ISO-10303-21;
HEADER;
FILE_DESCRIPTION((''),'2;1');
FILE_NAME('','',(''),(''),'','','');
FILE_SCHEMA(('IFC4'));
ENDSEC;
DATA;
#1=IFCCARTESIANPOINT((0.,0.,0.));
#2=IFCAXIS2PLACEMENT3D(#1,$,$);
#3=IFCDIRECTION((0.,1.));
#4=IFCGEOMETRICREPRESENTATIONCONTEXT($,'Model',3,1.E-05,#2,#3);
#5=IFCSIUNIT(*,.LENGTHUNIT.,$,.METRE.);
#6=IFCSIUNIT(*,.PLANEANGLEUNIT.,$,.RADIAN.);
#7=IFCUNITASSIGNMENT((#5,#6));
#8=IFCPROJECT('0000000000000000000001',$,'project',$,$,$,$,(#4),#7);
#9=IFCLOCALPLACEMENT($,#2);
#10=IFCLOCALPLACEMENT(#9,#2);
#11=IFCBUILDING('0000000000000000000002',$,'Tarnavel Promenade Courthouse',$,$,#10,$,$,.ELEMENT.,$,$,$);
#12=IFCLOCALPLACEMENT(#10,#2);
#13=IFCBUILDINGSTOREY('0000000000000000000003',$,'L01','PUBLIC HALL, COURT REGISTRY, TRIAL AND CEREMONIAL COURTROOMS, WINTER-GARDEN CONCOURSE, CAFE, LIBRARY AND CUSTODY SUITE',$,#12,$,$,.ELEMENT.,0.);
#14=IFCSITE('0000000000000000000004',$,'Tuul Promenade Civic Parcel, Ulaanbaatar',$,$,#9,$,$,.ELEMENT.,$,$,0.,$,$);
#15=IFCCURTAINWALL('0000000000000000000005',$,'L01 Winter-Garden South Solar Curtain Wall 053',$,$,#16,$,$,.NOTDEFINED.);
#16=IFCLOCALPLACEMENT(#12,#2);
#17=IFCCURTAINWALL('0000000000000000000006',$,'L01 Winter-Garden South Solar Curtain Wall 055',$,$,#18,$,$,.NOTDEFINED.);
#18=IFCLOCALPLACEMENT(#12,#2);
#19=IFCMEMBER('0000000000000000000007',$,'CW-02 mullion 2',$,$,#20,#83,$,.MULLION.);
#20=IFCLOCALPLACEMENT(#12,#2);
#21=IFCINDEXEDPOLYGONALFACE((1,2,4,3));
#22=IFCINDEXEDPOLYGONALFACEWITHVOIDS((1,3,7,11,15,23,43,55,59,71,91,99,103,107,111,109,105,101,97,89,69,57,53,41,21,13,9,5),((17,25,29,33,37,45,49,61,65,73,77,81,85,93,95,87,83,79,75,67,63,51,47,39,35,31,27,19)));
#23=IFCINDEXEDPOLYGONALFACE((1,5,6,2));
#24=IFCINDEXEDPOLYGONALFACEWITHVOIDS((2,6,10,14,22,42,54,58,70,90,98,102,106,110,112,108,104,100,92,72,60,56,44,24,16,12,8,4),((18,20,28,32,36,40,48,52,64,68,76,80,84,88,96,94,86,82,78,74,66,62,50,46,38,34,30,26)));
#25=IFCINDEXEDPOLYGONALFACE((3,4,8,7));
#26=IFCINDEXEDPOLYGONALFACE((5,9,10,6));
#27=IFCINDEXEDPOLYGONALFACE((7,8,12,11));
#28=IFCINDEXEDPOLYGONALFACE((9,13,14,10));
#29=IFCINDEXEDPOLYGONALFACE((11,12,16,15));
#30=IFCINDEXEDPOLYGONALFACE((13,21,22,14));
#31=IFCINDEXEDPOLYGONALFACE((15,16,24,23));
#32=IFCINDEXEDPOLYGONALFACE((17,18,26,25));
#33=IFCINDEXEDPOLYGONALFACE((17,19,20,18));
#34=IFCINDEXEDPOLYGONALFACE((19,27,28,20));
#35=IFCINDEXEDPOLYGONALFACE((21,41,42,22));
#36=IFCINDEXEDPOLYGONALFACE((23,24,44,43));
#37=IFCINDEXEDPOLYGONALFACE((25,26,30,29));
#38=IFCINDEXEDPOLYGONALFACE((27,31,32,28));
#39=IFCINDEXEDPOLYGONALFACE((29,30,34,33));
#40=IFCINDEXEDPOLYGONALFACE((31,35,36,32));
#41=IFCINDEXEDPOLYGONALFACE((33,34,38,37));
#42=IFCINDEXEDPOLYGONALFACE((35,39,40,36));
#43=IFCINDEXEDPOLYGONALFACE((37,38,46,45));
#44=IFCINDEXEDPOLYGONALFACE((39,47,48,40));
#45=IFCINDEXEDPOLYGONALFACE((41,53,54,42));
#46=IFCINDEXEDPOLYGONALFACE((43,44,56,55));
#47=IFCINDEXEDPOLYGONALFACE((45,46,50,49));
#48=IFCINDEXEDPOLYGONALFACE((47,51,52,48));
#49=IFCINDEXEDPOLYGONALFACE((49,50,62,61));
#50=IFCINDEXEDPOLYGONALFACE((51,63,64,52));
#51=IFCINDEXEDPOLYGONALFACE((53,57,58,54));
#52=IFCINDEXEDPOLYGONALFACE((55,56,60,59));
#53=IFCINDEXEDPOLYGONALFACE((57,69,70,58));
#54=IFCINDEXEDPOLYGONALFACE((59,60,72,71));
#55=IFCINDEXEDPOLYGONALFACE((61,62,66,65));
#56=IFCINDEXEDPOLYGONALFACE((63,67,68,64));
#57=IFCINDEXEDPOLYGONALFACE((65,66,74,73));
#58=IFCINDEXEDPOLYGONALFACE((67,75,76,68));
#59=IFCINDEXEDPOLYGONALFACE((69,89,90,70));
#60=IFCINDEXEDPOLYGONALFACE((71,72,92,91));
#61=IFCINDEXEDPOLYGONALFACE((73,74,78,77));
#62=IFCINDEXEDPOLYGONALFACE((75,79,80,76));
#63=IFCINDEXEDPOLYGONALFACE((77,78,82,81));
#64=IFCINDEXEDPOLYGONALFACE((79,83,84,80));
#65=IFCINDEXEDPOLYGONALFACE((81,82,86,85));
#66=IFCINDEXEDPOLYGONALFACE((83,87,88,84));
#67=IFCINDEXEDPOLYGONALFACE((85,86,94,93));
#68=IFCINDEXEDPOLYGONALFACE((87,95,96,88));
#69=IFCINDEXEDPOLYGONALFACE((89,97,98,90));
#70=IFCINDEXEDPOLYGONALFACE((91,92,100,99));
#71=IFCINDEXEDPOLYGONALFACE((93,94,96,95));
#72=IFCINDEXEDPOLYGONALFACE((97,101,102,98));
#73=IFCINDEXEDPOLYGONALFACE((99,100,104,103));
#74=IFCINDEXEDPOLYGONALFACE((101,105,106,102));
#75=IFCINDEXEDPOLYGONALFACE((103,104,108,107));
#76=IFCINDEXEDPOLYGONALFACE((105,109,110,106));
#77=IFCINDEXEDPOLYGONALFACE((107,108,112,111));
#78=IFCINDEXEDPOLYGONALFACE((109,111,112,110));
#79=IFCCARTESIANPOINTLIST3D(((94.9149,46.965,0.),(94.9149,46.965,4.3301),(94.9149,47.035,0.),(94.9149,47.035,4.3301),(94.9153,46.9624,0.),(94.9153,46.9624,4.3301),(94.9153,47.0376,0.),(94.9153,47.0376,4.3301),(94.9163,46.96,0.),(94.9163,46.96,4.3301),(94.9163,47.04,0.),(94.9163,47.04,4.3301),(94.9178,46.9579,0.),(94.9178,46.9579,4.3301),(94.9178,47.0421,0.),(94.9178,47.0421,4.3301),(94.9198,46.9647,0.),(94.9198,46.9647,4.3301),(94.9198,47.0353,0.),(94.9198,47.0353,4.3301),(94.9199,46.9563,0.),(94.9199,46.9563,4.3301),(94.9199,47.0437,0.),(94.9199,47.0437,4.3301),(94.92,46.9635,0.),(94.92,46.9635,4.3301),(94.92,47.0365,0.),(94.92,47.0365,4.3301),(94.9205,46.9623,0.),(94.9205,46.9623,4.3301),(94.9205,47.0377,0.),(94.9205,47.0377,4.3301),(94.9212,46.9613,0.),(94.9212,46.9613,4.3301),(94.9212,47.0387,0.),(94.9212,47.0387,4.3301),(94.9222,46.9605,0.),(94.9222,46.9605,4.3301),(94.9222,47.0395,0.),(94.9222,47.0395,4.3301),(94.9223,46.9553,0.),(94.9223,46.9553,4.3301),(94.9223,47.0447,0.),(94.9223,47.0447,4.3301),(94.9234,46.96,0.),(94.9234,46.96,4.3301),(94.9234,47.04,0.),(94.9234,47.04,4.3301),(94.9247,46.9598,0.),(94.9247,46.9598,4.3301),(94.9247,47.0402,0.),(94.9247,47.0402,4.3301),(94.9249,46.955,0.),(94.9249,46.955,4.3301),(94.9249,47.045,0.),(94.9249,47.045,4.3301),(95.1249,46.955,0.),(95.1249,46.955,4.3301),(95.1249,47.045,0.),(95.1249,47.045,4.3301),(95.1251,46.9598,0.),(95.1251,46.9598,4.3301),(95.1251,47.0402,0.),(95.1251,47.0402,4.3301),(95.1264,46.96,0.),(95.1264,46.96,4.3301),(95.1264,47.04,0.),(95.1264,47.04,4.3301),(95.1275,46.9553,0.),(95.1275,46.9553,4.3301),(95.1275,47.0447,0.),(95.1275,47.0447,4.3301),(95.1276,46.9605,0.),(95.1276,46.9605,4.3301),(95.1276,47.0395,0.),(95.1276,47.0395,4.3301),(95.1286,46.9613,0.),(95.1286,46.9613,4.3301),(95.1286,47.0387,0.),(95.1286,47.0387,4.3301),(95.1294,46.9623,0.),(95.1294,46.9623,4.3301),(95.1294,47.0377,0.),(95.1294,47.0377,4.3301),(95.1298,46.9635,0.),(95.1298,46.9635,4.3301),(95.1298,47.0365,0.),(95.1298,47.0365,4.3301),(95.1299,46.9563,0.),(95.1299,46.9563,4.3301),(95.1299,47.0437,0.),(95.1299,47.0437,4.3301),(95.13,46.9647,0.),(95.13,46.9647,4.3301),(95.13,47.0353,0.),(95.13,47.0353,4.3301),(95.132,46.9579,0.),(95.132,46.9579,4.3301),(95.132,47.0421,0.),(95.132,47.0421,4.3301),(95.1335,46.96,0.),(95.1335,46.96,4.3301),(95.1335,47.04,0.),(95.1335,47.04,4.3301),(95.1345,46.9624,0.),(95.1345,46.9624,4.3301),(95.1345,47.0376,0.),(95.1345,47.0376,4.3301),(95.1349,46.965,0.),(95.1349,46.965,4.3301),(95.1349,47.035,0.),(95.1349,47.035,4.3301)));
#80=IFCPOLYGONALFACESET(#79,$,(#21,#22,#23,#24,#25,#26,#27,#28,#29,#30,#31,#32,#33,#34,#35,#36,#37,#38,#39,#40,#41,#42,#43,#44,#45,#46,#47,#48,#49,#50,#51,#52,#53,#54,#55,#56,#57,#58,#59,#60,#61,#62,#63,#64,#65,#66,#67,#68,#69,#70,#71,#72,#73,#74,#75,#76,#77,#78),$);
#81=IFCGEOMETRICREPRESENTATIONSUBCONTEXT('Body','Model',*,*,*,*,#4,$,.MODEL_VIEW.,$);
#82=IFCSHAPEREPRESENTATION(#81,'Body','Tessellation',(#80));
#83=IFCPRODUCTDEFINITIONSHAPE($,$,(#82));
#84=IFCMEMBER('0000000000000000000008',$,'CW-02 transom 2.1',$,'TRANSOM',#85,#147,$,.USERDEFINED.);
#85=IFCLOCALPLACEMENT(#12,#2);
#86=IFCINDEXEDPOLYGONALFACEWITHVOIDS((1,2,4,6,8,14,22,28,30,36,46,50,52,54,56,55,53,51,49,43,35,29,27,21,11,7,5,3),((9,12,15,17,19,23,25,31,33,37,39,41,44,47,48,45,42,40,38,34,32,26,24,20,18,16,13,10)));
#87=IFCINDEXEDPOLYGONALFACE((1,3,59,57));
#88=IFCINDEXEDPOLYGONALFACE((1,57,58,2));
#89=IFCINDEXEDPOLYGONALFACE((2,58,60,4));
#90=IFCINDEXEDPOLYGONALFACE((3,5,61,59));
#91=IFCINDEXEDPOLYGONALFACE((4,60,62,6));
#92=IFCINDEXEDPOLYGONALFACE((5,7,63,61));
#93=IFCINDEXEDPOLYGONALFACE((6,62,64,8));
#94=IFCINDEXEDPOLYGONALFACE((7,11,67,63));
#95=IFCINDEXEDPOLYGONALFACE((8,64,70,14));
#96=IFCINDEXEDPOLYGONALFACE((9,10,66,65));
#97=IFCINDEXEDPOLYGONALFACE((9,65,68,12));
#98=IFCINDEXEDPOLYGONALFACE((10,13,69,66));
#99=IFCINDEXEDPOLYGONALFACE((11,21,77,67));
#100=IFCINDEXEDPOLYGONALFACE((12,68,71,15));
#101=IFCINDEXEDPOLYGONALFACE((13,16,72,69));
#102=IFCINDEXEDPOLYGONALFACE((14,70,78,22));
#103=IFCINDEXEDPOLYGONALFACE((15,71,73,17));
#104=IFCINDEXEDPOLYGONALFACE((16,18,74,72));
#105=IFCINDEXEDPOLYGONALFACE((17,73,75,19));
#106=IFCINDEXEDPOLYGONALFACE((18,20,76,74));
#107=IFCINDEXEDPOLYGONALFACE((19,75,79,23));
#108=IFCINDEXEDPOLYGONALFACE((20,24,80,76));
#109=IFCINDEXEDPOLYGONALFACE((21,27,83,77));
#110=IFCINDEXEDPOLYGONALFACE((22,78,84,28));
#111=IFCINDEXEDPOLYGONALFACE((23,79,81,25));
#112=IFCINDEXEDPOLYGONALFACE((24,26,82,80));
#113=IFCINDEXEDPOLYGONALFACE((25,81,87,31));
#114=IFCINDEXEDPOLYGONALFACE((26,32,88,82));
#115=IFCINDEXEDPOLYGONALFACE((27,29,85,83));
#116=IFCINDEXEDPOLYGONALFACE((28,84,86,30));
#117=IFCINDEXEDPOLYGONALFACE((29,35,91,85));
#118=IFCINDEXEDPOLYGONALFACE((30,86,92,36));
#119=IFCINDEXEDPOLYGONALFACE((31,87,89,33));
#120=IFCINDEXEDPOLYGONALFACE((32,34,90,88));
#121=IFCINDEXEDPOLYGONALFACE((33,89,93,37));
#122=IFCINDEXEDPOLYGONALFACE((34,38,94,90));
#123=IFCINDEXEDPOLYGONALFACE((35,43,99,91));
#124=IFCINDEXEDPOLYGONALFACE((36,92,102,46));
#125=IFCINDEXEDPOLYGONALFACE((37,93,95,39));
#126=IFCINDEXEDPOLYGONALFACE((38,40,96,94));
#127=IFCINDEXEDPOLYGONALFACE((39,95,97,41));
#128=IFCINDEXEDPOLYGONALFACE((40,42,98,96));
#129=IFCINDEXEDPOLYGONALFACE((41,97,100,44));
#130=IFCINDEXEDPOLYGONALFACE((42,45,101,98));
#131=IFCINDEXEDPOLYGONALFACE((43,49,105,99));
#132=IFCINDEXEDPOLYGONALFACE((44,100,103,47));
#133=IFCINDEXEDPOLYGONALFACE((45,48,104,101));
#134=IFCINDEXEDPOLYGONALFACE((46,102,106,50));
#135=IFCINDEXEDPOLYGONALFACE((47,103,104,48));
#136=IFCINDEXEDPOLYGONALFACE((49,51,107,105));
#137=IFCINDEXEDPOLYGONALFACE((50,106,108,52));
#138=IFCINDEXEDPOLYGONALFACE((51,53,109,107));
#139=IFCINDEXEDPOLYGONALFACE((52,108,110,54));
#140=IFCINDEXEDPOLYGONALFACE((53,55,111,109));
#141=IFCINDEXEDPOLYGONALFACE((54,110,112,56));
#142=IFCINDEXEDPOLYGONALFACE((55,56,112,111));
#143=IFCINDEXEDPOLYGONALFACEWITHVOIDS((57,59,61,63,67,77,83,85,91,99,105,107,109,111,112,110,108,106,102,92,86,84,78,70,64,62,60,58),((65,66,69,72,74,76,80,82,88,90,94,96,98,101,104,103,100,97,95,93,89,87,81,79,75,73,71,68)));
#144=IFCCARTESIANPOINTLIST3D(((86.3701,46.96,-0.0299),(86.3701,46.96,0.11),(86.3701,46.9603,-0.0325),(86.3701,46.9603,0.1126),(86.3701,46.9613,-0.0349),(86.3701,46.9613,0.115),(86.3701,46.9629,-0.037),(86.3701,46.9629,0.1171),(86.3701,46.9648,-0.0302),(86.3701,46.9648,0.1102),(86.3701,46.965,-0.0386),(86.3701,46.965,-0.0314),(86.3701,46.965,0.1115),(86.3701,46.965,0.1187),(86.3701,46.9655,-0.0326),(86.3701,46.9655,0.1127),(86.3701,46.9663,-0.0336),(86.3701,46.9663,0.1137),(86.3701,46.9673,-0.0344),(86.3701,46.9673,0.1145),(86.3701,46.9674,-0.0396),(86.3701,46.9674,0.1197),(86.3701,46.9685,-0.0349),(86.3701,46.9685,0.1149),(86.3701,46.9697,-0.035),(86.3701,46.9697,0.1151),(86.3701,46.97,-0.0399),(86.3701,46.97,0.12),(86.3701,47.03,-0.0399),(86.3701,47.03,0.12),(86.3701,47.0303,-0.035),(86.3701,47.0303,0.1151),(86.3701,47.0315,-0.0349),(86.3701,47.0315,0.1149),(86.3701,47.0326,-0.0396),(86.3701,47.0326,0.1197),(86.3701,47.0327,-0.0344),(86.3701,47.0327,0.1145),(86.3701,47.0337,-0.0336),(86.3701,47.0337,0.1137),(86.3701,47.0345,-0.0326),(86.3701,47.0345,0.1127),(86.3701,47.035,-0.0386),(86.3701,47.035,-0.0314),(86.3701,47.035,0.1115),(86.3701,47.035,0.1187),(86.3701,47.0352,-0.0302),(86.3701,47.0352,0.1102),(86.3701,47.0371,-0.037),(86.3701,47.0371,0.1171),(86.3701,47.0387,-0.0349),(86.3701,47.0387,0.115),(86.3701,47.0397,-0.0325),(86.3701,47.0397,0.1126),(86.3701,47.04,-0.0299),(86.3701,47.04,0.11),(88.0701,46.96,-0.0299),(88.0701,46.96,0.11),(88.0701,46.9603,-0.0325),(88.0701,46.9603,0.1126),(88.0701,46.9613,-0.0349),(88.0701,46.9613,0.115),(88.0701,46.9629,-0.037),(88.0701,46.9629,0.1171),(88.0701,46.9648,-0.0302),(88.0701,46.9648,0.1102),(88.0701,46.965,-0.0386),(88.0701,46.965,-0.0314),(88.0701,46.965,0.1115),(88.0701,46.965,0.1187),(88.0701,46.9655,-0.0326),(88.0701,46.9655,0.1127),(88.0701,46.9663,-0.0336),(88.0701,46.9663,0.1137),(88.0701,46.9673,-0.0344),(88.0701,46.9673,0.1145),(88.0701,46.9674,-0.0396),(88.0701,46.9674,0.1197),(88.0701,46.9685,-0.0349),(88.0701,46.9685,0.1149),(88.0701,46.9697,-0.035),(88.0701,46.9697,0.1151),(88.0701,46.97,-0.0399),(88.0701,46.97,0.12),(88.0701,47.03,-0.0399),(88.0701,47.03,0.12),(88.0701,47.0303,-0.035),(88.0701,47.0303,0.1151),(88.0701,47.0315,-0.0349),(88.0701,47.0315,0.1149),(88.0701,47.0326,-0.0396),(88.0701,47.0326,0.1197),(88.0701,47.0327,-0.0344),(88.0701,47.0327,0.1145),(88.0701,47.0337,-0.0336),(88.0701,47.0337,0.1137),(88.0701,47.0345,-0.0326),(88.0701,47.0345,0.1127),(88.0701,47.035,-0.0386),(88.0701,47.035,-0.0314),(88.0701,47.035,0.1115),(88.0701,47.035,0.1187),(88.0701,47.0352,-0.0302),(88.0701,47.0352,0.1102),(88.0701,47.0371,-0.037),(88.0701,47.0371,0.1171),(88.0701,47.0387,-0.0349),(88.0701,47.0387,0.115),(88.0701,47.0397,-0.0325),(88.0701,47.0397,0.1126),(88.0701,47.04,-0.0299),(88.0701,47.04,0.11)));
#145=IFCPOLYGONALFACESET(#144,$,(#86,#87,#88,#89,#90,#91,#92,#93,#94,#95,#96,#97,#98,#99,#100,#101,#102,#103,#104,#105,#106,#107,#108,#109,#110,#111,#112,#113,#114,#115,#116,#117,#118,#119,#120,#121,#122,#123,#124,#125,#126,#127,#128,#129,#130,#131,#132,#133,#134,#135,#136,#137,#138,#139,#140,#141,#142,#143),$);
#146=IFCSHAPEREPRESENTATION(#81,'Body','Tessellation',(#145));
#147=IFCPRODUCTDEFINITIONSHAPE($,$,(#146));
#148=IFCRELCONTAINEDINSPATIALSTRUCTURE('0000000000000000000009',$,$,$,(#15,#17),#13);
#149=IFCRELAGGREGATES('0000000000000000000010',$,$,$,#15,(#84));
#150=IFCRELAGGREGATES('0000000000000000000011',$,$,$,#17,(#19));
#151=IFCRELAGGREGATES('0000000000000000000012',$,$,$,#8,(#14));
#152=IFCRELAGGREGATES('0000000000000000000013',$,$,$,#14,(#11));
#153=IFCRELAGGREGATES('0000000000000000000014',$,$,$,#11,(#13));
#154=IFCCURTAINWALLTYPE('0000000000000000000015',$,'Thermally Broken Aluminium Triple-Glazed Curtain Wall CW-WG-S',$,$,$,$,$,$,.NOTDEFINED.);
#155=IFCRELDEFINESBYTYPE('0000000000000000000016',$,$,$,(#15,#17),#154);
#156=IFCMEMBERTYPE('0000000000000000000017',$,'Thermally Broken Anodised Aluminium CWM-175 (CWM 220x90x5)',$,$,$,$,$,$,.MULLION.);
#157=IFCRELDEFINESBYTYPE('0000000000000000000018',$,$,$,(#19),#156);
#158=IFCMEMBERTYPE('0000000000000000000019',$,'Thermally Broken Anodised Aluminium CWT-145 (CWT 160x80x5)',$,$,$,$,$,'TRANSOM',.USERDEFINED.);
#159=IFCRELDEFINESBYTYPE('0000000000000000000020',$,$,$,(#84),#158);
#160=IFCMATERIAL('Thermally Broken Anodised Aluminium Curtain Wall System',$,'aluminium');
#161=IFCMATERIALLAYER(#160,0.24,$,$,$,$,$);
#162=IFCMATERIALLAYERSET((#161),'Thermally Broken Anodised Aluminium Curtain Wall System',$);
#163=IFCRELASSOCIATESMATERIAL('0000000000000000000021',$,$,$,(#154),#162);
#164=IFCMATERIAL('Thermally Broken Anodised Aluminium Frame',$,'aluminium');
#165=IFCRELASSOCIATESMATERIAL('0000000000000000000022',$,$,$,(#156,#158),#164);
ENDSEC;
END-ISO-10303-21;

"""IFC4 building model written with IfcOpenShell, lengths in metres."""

from ifc_helpers import new_model, si_unit, direction, frame, origin, origin_2d, place, context, subcontext, project, spatial, hollow_rectangle, extrude, material, layer, layer_set, material_profile, profile_set, type_object, element, aggregate, save


model = new_model("IFC4")

# Units and contexts
model_context = context("Model", 3, precision=1e-05, world=origin(), true_north=direction((0.0, 1.0)))
body_context = subcontext(model_context, "Body", "Model", "MODEL_VIEW")
ifc_project = project(units=[si_unit("LENGTHUNIT", "METRE"), si_unit("PLANEANGLEUNIT", "RADIAN")], contexts=[model_context])

# Site, building, storey
site_placement = place(None, origin())
site = spatial("IfcSite", under=ifc_project, at=site_placement, Name="Tuul Promenade Civic Parcel, Ulaanbaatar", CompositionType="ELEMENT", RefElevation=0.0)
building_placement = place(site_placement, origin())
building = spatial("IfcBuilding", under=site, at=building_placement, Name="Tarnavel Promenade Courthouse", CompositionType="ELEMENT")
storey_placement = place(building_placement, origin())
storey = spatial("IfcBuildingStorey", under=building, at=storey_placement, Name="L01", Description="PUBLIC HALL, COURT REGISTRY, TRIAL AND CEREMONIAL COURTROOMS, WINTER-GARDEN CONCOURSE, CAFE, LIBRARY AND CUSTODY SUITE", CompositionType="ELEMENT", Elevation=0.0)

# Curtain walls, member
ifc_material_1 = material(Name="Thermally Broken Anodised Aluminium Curtain Wall System", Category="aluminium")
ifc_layer_1 = layer(ifc_material_1, 0.24)
ifc_layer_set_1 = layer_set([ifc_layer_1], Name="Thermally Broken Anodised Aluminium Curtain Wall System")
curtain_wall_type = type_object("IfcCurtainWallType", Name="Thermally Broken Aluminium Triple-Glazed Curtain Wall CW-WG-S", PredefinedType="NOTDEFINED", material=ifc_layer_set_1)
curtain_wall_1_placement = place(storey_placement, origin())
curtain_wall_1 = element("IfcCurtainWall", 1, at=curtain_wall_1_placement, inside=storey, type_object=curtain_wall_type, Name="L01 Winter-Garden South Solar Curtain Wall 053", PredefinedType="NOTDEFINED")
ifc_material_2 = material(Name="Thermally Broken Anodised Aluminium Frame", Category="aluminium")
ifc_material_profile_1 = material_profile(ifc_material_2, hollow_rectangle(XDim=0.0901, YDim=0.22, WallThickness=0.0049, InnerFilletRadius=0.0049, OuterFilletRadius=0.01, at=origin_2d()), Name="CWM 220x90x5")
ifc_profile_set_1 = profile_set([ifc_material_profile_1], Name="Thermally Broken Anodised Aluminium Frame")
member_type_1 = type_object("IfcMemberType", Name="Thermally Broken Anodised Aluminium CWM-175 (CWM 220x90x5)", PredefinedType="MULLION", material=ifc_profile_set_1)
curtain_wall_2_placement = place(storey_placement, origin())
curtain_wall_2 = element("IfcCurtainWall", 2, at=curtain_wall_2_placement, inside=storey, type_object=curtain_wall_type, Name="L01 Winter-Garden South Solar Curtain Wall 055", PredefinedType="NOTDEFINED")
member_1_placement = place(storey_placement, frame((95.0249, 47.0, 0.0), z_axis=(0.0, 0.0, 1.0), x_axis=(0.0, 1.0, 0.0)))
member_1 = element("IfcMember", 3, at=member_1_placement, type_object=member_type_1, Name="CW-02 mullion 2", PredefinedType="MULLION", context=body_context, shape_type="SweptSolid", body=[
    extrude(hollow_rectangle(XDim=0.0901, YDim=0.22, WallThickness=0.0049, InnerFilletRadius=0.0049, OuterFilletRadius=0.01, at=origin_2d()), origin(), (0.0, 0.0, 1.0), 4.3301),
])

# Member
ifc_material_profile_2 = material_profile(ifc_material_2, hollow_rectangle(XDim=0.0801, YDim=0.1599, WallThickness=0.0049, InnerFilletRadius=0.0049, OuterFilletRadius=0.01, at=origin_2d()), Name="CWT 160x80x5")
ifc_profile_set_2 = profile_set([ifc_material_profile_2], Name="Thermally Broken Anodised Aluminium Frame")
member_type_2 = type_object("IfcMemberType", Name="Thermally Broken Anodised Aluminium CWT-145 (CWT 160x80x5)", ElementType="TRANSOM", PredefinedType="USERDEFINED", material=ifc_profile_set_2)
member_2_placement = place(storey_placement, frame((86.3701, 47.0, 0.04), z_axis=(1.0, 0.0, 0.0), x_axis=(0.0, 1.0, 0.0)))
member_2 = element("IfcMember", 4, at=member_2_placement, type_object=member_type_2, Name="CW-02 transom 2.1", ObjectType="TRANSOM", PredefinedType="USERDEFINED", context=body_context, shape_type="SweptSolid", body=[
    extrude(hollow_rectangle(XDim=0.0801, YDim=0.1599, WallThickness=0.0049, InnerFilletRadius=0.0049, OuterFilletRadius=0.01, at=origin_2d()), origin(), (0.0, 0.0, 1.0), 1.7),
])

aggregate(curtain_wall_1, [member_2])
aggregate(curtain_wall_2, [member_1])

save(model, "model.ifc")
